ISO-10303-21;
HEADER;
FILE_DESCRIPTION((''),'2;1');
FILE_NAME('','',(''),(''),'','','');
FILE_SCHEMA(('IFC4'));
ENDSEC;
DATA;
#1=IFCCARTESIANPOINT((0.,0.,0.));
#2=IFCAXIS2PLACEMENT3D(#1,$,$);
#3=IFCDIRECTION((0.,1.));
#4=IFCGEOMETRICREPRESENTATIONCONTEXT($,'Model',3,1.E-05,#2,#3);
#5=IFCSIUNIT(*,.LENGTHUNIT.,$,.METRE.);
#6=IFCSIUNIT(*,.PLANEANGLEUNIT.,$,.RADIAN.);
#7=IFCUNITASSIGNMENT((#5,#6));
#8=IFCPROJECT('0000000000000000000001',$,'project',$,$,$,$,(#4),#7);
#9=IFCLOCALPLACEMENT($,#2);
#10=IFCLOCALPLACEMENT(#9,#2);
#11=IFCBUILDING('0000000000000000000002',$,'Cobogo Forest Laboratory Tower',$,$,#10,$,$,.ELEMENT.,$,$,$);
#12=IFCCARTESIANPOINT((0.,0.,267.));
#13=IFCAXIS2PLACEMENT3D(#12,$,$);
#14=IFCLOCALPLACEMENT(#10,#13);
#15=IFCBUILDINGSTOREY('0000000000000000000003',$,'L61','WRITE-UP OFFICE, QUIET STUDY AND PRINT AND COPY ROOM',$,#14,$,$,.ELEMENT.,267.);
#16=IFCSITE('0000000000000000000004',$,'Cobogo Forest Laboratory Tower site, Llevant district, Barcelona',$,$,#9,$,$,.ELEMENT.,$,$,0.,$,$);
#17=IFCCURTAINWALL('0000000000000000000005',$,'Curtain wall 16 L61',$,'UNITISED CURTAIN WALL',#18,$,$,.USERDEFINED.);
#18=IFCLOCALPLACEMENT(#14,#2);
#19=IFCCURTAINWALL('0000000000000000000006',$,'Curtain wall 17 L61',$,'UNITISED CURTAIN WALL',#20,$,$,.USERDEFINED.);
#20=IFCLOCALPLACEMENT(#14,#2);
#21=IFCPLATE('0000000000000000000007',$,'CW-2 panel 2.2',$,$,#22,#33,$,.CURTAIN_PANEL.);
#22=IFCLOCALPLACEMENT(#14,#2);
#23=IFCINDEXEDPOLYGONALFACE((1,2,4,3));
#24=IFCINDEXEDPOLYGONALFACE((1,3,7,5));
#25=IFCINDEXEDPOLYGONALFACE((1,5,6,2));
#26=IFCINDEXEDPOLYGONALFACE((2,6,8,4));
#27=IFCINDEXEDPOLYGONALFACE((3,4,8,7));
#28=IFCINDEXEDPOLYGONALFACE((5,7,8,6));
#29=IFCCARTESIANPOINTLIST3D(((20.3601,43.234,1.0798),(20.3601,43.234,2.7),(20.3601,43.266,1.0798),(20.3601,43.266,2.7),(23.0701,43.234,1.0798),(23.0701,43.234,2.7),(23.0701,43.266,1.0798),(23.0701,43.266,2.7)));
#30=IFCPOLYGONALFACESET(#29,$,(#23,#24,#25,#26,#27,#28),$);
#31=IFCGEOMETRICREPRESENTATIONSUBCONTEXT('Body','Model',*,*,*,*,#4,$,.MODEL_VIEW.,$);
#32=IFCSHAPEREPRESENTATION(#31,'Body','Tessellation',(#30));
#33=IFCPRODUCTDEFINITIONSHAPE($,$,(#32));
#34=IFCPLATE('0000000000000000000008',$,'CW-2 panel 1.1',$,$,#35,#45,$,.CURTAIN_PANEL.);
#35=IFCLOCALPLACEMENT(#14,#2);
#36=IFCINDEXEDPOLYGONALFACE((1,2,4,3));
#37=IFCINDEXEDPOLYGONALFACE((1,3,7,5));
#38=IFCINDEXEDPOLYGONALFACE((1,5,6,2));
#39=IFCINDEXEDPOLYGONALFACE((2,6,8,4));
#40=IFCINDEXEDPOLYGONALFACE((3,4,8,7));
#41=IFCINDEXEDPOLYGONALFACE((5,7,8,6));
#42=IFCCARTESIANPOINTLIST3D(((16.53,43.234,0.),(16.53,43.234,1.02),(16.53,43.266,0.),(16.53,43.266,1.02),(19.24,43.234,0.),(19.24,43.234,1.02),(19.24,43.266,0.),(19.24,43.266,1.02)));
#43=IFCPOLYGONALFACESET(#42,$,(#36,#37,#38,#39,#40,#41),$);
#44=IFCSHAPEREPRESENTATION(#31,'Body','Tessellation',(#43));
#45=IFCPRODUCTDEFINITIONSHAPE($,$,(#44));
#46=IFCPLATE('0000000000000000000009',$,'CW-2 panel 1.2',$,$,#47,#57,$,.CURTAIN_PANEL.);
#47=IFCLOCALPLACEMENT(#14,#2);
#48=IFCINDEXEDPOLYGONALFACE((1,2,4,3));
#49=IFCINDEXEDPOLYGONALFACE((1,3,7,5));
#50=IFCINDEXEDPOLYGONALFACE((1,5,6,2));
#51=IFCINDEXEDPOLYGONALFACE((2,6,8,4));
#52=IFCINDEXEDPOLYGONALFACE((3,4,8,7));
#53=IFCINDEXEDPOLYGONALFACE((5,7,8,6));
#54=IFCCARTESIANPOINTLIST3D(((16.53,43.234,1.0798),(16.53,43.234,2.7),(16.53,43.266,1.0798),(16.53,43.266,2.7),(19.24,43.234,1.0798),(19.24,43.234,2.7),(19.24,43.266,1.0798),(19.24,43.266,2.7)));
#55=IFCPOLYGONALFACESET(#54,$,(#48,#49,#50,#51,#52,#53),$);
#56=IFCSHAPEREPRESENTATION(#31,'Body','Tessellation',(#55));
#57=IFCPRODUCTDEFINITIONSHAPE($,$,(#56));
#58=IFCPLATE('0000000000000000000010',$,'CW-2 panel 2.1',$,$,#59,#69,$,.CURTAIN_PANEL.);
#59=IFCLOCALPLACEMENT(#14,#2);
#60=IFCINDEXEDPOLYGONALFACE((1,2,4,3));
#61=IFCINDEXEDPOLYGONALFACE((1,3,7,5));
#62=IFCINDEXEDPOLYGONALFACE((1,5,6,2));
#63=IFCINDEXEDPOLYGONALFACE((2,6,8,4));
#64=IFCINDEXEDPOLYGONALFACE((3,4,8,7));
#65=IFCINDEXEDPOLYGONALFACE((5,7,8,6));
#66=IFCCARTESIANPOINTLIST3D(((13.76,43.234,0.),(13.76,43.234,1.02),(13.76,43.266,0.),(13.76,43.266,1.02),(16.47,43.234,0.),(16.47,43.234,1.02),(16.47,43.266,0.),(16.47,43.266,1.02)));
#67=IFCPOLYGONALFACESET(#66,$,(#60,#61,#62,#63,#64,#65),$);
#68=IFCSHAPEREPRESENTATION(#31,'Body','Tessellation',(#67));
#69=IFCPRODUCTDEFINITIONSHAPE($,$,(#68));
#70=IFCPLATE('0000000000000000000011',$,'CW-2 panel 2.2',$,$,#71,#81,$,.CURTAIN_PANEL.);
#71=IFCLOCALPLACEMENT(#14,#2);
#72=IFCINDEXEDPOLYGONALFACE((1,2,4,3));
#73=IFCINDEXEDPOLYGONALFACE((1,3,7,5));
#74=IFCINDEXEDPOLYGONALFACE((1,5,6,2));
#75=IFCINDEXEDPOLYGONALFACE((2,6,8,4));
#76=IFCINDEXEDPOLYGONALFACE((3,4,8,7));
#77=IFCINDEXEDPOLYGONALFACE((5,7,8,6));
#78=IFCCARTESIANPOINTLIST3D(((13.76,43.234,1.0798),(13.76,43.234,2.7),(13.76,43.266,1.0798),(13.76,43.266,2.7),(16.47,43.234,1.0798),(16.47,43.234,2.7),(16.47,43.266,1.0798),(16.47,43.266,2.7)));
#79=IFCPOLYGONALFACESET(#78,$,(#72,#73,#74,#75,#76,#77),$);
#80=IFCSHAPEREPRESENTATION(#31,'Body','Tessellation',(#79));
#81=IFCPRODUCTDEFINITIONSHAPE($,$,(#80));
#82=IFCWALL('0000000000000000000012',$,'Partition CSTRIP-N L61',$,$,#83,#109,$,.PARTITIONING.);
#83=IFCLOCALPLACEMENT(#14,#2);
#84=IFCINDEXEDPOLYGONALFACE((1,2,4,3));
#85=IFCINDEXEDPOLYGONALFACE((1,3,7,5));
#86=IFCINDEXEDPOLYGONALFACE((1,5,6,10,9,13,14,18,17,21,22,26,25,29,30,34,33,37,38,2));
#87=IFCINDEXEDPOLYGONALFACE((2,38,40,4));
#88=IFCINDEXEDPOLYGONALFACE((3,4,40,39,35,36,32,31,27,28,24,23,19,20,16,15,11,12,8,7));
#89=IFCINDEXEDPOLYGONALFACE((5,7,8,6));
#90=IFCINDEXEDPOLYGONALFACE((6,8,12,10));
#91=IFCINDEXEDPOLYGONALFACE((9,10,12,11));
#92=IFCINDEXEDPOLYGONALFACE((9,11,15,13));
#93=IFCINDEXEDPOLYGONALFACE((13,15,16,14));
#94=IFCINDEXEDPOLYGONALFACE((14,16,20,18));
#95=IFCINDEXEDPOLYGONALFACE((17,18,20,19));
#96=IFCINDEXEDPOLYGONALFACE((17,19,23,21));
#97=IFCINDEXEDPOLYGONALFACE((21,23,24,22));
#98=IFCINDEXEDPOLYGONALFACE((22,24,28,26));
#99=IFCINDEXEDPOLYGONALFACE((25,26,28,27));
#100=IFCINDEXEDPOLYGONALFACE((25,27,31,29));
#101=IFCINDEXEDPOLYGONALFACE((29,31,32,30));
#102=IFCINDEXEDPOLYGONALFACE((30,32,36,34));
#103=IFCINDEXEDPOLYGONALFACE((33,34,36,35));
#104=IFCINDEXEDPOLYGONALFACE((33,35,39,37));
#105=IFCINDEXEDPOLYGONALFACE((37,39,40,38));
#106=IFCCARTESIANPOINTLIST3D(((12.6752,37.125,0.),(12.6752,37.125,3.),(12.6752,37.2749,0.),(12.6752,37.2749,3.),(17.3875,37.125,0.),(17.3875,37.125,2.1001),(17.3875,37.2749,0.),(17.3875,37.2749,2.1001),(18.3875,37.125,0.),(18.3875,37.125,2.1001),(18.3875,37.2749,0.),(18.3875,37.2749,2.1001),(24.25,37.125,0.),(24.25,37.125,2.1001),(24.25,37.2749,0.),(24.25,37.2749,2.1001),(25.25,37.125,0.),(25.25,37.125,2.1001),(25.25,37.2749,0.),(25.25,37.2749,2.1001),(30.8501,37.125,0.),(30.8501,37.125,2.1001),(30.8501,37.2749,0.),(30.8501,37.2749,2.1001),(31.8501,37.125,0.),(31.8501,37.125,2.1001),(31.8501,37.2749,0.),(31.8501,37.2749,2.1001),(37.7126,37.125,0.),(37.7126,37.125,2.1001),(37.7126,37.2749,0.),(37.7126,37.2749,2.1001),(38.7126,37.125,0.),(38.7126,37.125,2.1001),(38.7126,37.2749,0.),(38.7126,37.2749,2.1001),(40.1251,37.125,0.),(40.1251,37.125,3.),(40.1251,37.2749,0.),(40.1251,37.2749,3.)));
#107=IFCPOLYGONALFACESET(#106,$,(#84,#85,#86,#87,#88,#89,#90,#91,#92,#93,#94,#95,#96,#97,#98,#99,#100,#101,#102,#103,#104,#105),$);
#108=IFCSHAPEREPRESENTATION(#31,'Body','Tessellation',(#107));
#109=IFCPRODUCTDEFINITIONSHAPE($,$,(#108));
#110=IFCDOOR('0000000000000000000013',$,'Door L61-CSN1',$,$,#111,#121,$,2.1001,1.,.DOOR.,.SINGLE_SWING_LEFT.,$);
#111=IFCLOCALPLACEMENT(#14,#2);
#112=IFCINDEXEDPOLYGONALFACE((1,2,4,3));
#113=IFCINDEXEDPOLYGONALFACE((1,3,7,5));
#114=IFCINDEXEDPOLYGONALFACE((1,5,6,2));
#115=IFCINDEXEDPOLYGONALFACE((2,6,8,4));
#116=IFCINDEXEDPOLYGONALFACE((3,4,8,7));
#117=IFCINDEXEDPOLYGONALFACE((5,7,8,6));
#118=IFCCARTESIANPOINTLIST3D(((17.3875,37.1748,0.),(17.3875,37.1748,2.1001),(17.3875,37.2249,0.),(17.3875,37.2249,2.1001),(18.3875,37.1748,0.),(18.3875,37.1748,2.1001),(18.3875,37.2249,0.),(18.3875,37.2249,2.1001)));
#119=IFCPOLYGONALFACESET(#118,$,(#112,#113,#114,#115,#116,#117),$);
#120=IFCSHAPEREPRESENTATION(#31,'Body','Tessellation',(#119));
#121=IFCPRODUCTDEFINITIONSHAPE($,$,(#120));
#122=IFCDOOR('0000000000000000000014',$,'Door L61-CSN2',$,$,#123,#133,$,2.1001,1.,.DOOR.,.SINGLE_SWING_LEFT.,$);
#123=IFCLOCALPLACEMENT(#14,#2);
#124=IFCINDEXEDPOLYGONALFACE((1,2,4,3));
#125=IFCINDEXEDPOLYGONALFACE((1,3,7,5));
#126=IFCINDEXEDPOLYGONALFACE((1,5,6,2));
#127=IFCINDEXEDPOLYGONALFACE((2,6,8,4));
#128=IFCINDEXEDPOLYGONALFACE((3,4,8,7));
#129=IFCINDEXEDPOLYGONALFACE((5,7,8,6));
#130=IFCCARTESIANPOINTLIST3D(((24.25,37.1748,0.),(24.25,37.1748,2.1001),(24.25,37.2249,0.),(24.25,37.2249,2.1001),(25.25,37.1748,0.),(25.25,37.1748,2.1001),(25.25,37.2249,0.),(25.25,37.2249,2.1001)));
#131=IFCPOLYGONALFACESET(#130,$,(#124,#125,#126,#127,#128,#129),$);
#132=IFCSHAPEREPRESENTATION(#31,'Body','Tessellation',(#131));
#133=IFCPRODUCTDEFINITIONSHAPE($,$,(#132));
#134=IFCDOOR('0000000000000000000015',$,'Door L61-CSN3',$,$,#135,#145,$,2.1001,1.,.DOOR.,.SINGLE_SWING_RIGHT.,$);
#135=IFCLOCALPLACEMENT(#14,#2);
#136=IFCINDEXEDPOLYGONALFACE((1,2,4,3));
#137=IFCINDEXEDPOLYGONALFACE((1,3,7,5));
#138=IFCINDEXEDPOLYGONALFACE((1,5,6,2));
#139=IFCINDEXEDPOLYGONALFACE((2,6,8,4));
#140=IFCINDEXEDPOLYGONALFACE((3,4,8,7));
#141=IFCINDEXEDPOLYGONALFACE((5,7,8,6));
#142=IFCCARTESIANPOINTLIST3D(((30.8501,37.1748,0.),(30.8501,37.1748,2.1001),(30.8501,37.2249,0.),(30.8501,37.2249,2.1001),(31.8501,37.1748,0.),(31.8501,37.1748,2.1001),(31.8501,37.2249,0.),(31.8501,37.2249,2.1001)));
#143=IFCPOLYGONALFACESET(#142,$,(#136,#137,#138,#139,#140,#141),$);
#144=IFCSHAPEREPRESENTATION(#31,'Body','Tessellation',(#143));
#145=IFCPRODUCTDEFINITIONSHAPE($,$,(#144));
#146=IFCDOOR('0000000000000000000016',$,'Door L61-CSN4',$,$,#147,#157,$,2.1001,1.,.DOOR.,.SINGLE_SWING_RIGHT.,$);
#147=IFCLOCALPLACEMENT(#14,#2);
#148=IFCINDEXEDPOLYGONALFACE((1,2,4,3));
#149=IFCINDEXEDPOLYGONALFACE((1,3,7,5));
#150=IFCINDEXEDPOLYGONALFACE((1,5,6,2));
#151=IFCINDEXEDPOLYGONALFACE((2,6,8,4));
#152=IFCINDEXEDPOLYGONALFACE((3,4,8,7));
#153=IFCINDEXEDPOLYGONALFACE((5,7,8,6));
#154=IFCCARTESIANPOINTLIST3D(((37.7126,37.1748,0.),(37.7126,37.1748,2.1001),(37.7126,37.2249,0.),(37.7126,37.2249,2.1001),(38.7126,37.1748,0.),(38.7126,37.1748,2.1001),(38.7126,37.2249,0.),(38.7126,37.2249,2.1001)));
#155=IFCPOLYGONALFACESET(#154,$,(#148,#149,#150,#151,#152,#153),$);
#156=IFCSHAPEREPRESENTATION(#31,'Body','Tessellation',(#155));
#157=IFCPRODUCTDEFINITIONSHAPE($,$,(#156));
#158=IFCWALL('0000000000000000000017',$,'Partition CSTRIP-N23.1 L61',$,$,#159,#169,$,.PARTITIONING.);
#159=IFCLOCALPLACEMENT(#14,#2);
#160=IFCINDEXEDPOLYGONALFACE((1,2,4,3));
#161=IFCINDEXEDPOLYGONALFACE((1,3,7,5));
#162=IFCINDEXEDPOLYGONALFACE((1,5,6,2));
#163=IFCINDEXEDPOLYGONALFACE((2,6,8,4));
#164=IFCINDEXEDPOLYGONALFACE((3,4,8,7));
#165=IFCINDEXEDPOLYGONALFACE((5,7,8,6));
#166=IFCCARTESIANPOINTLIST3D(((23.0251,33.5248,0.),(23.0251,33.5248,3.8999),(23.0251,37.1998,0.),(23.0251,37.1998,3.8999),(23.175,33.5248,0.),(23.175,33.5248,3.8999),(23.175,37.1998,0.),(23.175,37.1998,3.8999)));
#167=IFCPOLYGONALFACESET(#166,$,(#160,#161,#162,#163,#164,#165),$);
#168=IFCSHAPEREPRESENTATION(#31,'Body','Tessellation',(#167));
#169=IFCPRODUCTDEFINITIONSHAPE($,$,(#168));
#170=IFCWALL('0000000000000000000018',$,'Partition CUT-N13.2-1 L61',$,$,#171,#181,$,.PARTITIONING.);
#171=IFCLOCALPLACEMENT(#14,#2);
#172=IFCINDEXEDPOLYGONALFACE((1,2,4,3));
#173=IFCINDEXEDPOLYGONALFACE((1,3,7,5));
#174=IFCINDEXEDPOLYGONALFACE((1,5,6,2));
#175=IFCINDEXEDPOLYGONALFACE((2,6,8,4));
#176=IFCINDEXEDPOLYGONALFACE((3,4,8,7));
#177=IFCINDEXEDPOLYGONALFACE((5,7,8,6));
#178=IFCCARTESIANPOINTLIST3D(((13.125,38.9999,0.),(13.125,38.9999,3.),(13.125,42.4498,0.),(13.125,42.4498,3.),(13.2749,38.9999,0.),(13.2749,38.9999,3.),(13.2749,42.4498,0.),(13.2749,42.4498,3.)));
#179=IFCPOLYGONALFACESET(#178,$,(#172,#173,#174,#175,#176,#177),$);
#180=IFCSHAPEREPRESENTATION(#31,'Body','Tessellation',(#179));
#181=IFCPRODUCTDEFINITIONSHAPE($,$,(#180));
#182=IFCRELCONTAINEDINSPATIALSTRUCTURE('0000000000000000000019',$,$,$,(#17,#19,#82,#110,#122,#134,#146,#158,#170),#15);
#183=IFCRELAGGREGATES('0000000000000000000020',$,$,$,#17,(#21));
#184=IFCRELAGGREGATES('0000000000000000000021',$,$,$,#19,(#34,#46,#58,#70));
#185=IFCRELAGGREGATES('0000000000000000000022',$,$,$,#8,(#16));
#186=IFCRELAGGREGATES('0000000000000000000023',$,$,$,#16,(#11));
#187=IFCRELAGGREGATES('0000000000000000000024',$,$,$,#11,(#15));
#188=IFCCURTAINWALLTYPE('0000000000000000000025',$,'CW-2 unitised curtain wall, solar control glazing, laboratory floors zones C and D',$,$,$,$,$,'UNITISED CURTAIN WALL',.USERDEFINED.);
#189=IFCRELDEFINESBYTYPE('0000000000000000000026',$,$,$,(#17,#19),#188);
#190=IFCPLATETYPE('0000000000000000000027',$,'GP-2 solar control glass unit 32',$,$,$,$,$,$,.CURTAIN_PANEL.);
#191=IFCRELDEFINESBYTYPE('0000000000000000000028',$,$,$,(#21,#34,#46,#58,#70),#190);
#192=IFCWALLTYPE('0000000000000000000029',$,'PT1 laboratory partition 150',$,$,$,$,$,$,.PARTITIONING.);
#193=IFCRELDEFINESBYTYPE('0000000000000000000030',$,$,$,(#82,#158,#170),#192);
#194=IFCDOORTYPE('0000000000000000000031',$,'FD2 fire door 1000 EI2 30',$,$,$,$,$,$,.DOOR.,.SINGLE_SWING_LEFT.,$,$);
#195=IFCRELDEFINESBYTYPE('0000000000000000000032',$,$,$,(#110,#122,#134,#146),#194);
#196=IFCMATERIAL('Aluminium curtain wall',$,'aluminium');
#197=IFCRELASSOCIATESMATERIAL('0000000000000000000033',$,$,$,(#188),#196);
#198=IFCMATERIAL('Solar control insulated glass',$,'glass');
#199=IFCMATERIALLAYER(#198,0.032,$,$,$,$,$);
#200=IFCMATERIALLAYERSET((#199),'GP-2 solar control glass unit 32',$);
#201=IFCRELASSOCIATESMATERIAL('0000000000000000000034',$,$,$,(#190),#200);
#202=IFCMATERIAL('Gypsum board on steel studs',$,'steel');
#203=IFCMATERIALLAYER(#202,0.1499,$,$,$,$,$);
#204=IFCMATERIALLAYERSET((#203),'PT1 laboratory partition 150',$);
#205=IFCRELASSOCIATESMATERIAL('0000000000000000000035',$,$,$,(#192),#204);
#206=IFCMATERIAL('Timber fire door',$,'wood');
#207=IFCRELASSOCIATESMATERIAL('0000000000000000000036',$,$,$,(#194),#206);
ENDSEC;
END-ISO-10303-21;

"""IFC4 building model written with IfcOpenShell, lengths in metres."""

from ifc_helpers import new_model, si_unit, direction, frame, frame_2d, origin, origin_2d, place, context, subcontext, project, spatial, rectangle, extrude, material, layer, layer_set, type_object, element, fill, aggregate, save


model = new_model("IFC4")

# Units and contexts
model_context = context("Model", 3, precision=1e-05, world=origin(), true_north=direction((0.0, 1.0)))
body_context = subcontext(model_context, "Body", "Model", "MODEL_VIEW")
ifc_project = project(units=[si_unit("LENGTHUNIT", "METRE"), si_unit("PLANEANGLEUNIT", "RADIAN")], contexts=[model_context])

# Site, building, storey
site_placement = place(None, origin())
site = spatial("IfcSite", under=ifc_project, at=site_placement, Name="Cobogo Forest Laboratory Tower site, Llevant district, Barcelona", CompositionType="ELEMENT", RefElevation=0.0)
building_placement = place(site_placement, origin())
building = spatial("IfcBuilding", under=site, at=building_placement, Name="Cobogo Forest Laboratory Tower", CompositionType="ELEMENT")
storey_placement = place(building_placement, frame((0.0, 0.0, 267.0)))
storey = spatial("IfcBuildingStorey", under=building, at=storey_placement, Name="L61", Description="WRITE-UP OFFICE, QUIET STUDY AND PRINT AND COPY ROOM", CompositionType="ELEMENT", Elevation=267.0)

# Curtain wall
ifc_material_1 = material(Name="Aluminium curtain wall", Category="aluminium")
curtain_wall_type = type_object("IfcCurtainWallType", Name="CW-2 unitised curtain wall, solar control glazing, laboratory floors zones C and D", ElementType="UNITISED CURTAIN WALL", PredefinedType="USERDEFINED", material=ifc_material_1)
curtain_wall_1_placement = place(storey_placement, origin())
curtain_wall_1 = element("IfcCurtainWall", 1, at=curtain_wall_1_placement, inside=storey, type_object=curtain_wall_type, Name="Curtain wall 16 L61", ObjectType="UNITISED CURTAIN WALL", PredefinedType="USERDEFINED")

# Curtain wall
curtain_wall_2_placement = place(storey_placement, origin())
curtain_wall_2 = element("IfcCurtainWall", 2, at=curtain_wall_2_placement, inside=storey, type_object=curtain_wall_type, Name="Curtain wall 17 L61", ObjectType="UNITISED CURTAIN WALL", PredefinedType="USERDEFINED")

# Plates
ifc_material_2 = material(Name="Solar control insulated glass", Category="glass")
ifc_layer_1 = layer(ifc_material_2, 0.032)
ifc_layer_set_1 = layer_set([ifc_layer_1], Name="GP-2 solar control glass unit 32")
plate_type_1 = type_object("IfcPlateType", Name="GP-2 solar control glass unit 32", PredefinedType="CURTAIN_PANEL", material=ifc_layer_set_1)
plate_1_placement = place(storey_placement, frame((21.7151, 43.25, 1.0798), z_axis=(0.0, 0.0, 1.0), x_axis=(-1.0, 0.0, 0.0)))
plate_1 = element("IfcPlate", 3, at=plate_1_placement, type_object=plate_type_1, Name="CW-2 panel 2.2", PredefinedType="CURTAIN_PANEL", context=body_context, shape_type="SweptSolid", body=[
    extrude(rectangle(XDim=2.71, YDim=0.032, at=origin_2d()), origin(), (0.0, 0.0, 1.0), 1.6201),
])
aggregate(curtain_wall_1, [plate_1])
plate_2_placement = place(storey_placement, frame((17.885, 43.25, 0.0), z_axis=(0.0, 0.0, 1.0), x_axis=(-1.0, 0.0, 0.0)))
plate_2 = element("IfcPlate", 4, at=plate_2_placement, type_object=plate_type_1, Name="CW-2 panel 1.1", PredefinedType="CURTAIN_PANEL", context=body_context, shape_type="SweptSolid", body=[
    extrude(rectangle(XDim=2.71, YDim=0.032, at=origin_2d()), origin(), (0.0, 0.0, 1.0), 1.02),
])
plate_3_placement = place(storey_placement, frame((17.885, 43.25, 1.0798), z_axis=(0.0, 0.0, 1.0), x_axis=(-1.0, 0.0, 0.0)))
plate_3 = element("IfcPlate", 5, at=plate_3_placement, type_object=plate_type_1, Name="CW-2 panel 1.2", PredefinedType="CURTAIN_PANEL", context=body_context, shape_type="SweptSolid", body=[
    extrude(rectangle(XDim=2.71, YDim=0.032, at=origin_2d()), origin(), (0.0, 0.0, 1.0), 1.6201),
])
plate_4_placement = place(storey_placement, frame((15.115, 43.25, 0.0), z_axis=(0.0, 0.0, 1.0), x_axis=(-1.0, 0.0, 0.0)))
plate_4 = element("IfcPlate", 6, at=plate_4_placement, type_object=plate_type_1, Name="CW-2 panel 2.1", PredefinedType="CURTAIN_PANEL", context=body_context, shape_type="SweptSolid", body=[
    extrude(rectangle(XDim=2.71, YDim=0.032, at=origin_2d()), origin(), (0.0, 0.0, 1.0), 1.02),
])
plate_5_placement = place(storey_placement, frame((15.115, 43.25, 1.0798), z_axis=(0.0, 0.0, 1.0), x_axis=(-1.0, 0.0, 0.0)))
plate_5 = element("IfcPlate", 7, at=plate_5_placement, type_object=plate_type_1, Name="CW-2 panel 2.2", PredefinedType="CURTAIN_PANEL", context=body_context, shape_type="SweptSolid", body=[
    extrude(rectangle(XDim=2.71, YDim=0.032, at=origin_2d()), origin(), (0.0, 0.0, 1.0), 1.6201),
])
aggregate(curtain_wall_2, [plate_2, plate_3, plate_4, plate_5])

# Wall, openings, doors
ifc_material_3 = material(Name="Gypsum board on steel studs", Category="steel")
ifc_layer_2 = layer(ifc_material_3, 0.1499)
ifc_layer_set_2 = layer_set([ifc_layer_2], Name="PT1 laboratory partition 150")
wall_type = type_object("IfcWallType", Name="PT1 laboratory partition 150", PredefinedType="PARTITIONING", material=ifc_layer_set_2)
wall_1_placement = place(storey_placement, frame((12.675, 37.2, 0.0), z_axis=(0.0, 0.0, 1.0), x_axis=(1.0, 0.0, 0.0)))
wall_1 = element("IfcWall", 8, at=wall_1_placement, inside=storey, type_object=wall_type, Name="Partition CSTRIP-N L61", PredefinedType="PARTITIONING", context=body_context, shape_type="SweptSolid", body=[
    extrude(rectangle(XDim=27.45, YDim=0.1499, at=frame_2d((13.7251, 0.0))), origin(), (0.0, 0.0, 1.0), 3.0),
])
opening_1_placement = place(wall_1_placement, frame((4.7124, 0.0, 0.0)))
opening_1 = element("IfcOpeningElement", 9, at=opening_1_placement, cuts=wall_1, PredefinedType="OPENING", context=body_context, shape_type="SweptSolid", body=[
    extrude(rectangle(XDim=1.0, YDim=2.1001, at=frame_2d((0.5, 1.05))), frame((0.0, 0.085, 0.0), z_axis=(0.0, -1.0, 0.0), x_axis=(1.0, 0.0, 0.0)), (0.0, 0.0, 1.0), 0.1699),
])
opening_2_placement = place(wall_1_placement, frame((11.575, 0.0, 0.0)))
opening_2 = element("IfcOpeningElement", 10, at=opening_2_placement, cuts=wall_1, PredefinedType="OPENING", context=body_context, shape_type="SweptSolid", body=[
    extrude(rectangle(XDim=1.0, YDim=2.1001, at=frame_2d((0.5, 1.05))), frame((0.0, 0.085, 0.0), z_axis=(0.0, -1.0, 0.0), x_axis=(1.0, 0.0, 0.0)), (0.0, 0.0, 1.0), 0.1699),
])
opening_3_placement = place(wall_1_placement, frame((18.175, 0.0, 0.0)))
opening_3 = element("IfcOpeningElement", 11, at=opening_3_placement, cuts=wall_1, PredefinedType="OPENING", context=body_context, shape_type="SweptSolid", body=[
    extrude(rectangle(XDim=1.0, YDim=2.1001, at=frame_2d((0.5, 1.05))), frame((0.0, 0.085, 0.0), z_axis=(0.0, -1.0, 0.0), x_axis=(1.0, 0.0, 0.0)), (0.0, 0.0, 1.0), 0.1699),
])
opening_4_placement = place(wall_1_placement, frame((25.0376, 0.0, 0.0)))
opening_4 = element("IfcOpeningElement", 12, at=opening_4_placement, cuts=wall_1, PredefinedType="OPENING", context=body_context, shape_type="SweptSolid", body=[
    extrude(rectangle(XDim=1.0, YDim=2.1001, at=frame_2d((0.5, 1.05))), frame((0.0, 0.085, 0.0), z_axis=(0.0, -1.0, 0.0), x_axis=(1.0, 0.0, 0.0)), (0.0, 0.0, 1.0), 0.1699),
])
ifc_material_4 = material(Name="Timber fire door", Category="wood")
door_type = type_object("IfcDoorType", Name="FD2 fire door 1000 EI2 30", OperationType="SINGLE_SWING_LEFT", PredefinedType="DOOR", material=ifc_material_4)
door_1_placement = place(opening_1_placement, origin())
door_1 = element("IfcDoor", 13, at=door_1_placement, inside=storey, type_object=door_type, Name="Door L61-CSN1", OperationType="SINGLE_SWING_LEFT", OverallHeight=2.1001, OverallWidth=1.0, PredefinedType="DOOR", context=body_context, shape_type="SweptSolid", body=[
    extrude(rectangle(XDim=1.0, YDim=2.1001, at=frame_2d((0.5, 1.05))), frame((0.0, 0.0249, 0.0), z_axis=(0.0, -1.0, 0.0), x_axis=(1.0, 0.0, 0.0)), (0.0, 0.0, 1.0), 0.05),
])
fill(opening_1, door_1)
door_2_placement = place(opening_2_placement, origin())
door_2 = element("IfcDoor", 14, at=door_2_placement, inside=storey, type_object=door_type, Name="Door L61-CSN2", OperationType="SINGLE_SWING_LEFT", OverallHeight=2.1001, OverallWidth=1.0, PredefinedType="DOOR", context=body_context, shape_type="SweptSolid", body=[
    extrude(rectangle(XDim=1.0, YDim=2.1001, at=frame_2d((0.5, 1.05))), frame((0.0, 0.0249, 0.0), z_axis=(0.0, -1.0, 0.0), x_axis=(1.0, 0.0, 0.0)), (0.0, 0.0, 1.0), 0.05),
])
fill(opening_2, door_2)
door_3_placement = place(opening_3_placement, origin())
door_3 = element("IfcDoor", 15, at=door_3_placement, inside=storey, type_object=door_type, Name="Door L61-CSN3", OperationType="SINGLE_SWING_RIGHT", OverallHeight=2.1001, OverallWidth=1.0, PredefinedType="DOOR", context=body_context, shape_type="SweptSolid", body=[
    extrude(rectangle(XDim=1.0, YDim=2.1001, at=frame_2d((0.5, 1.05))), frame((0.0, 0.0249, 0.0), z_axis=(0.0, -1.0, 0.0), x_axis=(1.0, 0.0, 0.0)), (0.0, 0.0, 1.0), 0.05),
])
fill(opening_3, door_3)
door_4_placement = place(opening_4_placement, origin())
door_4 = element("IfcDoor", 16, at=door_4_placement, inside=storey, type_object=door_type, Name="Door L61-CSN4", OperationType="SINGLE_SWING_RIGHT", OverallHeight=2.1001, OverallWidth=1.0, PredefinedType="DOOR", context=body_context, shape_type="SweptSolid", body=[
    extrude(rectangle(XDim=1.0, YDim=2.1001, at=frame_2d((0.5, 1.05))), frame((0.0, 0.0249, 0.0), z_axis=(0.0, -1.0, 0.0), x_axis=(1.0, 0.0, 0.0)), (0.0, 0.0, 1.0), 0.05),
])
fill(opening_4, door_4)

# Walls
wall_2_placement = place(storey_placement, frame((23.1001, 33.5249, 0.0), z_axis=(0.0, 0.0, 1.0), x_axis=(0.0, 1.0, 0.0)))
element("IfcWall", 17, at=wall_2_placement, inside=storey, type_object=wall_type, Name="Partition CSTRIP-N23.1 L61", PredefinedType="PARTITIONING", context=body_context, shape_type="SweptSolid", body=[
    extrude(rectangle(XDim=3.675, YDim=0.1499, at=frame_2d((1.8374, 0.0))), origin(), (0.0, 0.0, 1.0), 3.8999),
])
wall_3_placement = place(storey_placement, frame((13.2, 42.45, 0.0), z_axis=(0.0, 0.0, 1.0), x_axis=(0.0, -1.0, 0.0)))
element("IfcWall", 18, at=wall_3_placement, inside=storey, type_object=wall_type, Name="Partition CUT-N13.2-1 L61", PredefinedType="PARTITIONING", context=body_context, shape_type="SweptSolid", body=[
    extrude(rectangle(XDim=3.45, YDim=0.1499, at=frame_2d((1.7251, 0.0))), origin(), (0.0, 0.0, 1.0), 3.0),
])

save(model, "model.ifc")
